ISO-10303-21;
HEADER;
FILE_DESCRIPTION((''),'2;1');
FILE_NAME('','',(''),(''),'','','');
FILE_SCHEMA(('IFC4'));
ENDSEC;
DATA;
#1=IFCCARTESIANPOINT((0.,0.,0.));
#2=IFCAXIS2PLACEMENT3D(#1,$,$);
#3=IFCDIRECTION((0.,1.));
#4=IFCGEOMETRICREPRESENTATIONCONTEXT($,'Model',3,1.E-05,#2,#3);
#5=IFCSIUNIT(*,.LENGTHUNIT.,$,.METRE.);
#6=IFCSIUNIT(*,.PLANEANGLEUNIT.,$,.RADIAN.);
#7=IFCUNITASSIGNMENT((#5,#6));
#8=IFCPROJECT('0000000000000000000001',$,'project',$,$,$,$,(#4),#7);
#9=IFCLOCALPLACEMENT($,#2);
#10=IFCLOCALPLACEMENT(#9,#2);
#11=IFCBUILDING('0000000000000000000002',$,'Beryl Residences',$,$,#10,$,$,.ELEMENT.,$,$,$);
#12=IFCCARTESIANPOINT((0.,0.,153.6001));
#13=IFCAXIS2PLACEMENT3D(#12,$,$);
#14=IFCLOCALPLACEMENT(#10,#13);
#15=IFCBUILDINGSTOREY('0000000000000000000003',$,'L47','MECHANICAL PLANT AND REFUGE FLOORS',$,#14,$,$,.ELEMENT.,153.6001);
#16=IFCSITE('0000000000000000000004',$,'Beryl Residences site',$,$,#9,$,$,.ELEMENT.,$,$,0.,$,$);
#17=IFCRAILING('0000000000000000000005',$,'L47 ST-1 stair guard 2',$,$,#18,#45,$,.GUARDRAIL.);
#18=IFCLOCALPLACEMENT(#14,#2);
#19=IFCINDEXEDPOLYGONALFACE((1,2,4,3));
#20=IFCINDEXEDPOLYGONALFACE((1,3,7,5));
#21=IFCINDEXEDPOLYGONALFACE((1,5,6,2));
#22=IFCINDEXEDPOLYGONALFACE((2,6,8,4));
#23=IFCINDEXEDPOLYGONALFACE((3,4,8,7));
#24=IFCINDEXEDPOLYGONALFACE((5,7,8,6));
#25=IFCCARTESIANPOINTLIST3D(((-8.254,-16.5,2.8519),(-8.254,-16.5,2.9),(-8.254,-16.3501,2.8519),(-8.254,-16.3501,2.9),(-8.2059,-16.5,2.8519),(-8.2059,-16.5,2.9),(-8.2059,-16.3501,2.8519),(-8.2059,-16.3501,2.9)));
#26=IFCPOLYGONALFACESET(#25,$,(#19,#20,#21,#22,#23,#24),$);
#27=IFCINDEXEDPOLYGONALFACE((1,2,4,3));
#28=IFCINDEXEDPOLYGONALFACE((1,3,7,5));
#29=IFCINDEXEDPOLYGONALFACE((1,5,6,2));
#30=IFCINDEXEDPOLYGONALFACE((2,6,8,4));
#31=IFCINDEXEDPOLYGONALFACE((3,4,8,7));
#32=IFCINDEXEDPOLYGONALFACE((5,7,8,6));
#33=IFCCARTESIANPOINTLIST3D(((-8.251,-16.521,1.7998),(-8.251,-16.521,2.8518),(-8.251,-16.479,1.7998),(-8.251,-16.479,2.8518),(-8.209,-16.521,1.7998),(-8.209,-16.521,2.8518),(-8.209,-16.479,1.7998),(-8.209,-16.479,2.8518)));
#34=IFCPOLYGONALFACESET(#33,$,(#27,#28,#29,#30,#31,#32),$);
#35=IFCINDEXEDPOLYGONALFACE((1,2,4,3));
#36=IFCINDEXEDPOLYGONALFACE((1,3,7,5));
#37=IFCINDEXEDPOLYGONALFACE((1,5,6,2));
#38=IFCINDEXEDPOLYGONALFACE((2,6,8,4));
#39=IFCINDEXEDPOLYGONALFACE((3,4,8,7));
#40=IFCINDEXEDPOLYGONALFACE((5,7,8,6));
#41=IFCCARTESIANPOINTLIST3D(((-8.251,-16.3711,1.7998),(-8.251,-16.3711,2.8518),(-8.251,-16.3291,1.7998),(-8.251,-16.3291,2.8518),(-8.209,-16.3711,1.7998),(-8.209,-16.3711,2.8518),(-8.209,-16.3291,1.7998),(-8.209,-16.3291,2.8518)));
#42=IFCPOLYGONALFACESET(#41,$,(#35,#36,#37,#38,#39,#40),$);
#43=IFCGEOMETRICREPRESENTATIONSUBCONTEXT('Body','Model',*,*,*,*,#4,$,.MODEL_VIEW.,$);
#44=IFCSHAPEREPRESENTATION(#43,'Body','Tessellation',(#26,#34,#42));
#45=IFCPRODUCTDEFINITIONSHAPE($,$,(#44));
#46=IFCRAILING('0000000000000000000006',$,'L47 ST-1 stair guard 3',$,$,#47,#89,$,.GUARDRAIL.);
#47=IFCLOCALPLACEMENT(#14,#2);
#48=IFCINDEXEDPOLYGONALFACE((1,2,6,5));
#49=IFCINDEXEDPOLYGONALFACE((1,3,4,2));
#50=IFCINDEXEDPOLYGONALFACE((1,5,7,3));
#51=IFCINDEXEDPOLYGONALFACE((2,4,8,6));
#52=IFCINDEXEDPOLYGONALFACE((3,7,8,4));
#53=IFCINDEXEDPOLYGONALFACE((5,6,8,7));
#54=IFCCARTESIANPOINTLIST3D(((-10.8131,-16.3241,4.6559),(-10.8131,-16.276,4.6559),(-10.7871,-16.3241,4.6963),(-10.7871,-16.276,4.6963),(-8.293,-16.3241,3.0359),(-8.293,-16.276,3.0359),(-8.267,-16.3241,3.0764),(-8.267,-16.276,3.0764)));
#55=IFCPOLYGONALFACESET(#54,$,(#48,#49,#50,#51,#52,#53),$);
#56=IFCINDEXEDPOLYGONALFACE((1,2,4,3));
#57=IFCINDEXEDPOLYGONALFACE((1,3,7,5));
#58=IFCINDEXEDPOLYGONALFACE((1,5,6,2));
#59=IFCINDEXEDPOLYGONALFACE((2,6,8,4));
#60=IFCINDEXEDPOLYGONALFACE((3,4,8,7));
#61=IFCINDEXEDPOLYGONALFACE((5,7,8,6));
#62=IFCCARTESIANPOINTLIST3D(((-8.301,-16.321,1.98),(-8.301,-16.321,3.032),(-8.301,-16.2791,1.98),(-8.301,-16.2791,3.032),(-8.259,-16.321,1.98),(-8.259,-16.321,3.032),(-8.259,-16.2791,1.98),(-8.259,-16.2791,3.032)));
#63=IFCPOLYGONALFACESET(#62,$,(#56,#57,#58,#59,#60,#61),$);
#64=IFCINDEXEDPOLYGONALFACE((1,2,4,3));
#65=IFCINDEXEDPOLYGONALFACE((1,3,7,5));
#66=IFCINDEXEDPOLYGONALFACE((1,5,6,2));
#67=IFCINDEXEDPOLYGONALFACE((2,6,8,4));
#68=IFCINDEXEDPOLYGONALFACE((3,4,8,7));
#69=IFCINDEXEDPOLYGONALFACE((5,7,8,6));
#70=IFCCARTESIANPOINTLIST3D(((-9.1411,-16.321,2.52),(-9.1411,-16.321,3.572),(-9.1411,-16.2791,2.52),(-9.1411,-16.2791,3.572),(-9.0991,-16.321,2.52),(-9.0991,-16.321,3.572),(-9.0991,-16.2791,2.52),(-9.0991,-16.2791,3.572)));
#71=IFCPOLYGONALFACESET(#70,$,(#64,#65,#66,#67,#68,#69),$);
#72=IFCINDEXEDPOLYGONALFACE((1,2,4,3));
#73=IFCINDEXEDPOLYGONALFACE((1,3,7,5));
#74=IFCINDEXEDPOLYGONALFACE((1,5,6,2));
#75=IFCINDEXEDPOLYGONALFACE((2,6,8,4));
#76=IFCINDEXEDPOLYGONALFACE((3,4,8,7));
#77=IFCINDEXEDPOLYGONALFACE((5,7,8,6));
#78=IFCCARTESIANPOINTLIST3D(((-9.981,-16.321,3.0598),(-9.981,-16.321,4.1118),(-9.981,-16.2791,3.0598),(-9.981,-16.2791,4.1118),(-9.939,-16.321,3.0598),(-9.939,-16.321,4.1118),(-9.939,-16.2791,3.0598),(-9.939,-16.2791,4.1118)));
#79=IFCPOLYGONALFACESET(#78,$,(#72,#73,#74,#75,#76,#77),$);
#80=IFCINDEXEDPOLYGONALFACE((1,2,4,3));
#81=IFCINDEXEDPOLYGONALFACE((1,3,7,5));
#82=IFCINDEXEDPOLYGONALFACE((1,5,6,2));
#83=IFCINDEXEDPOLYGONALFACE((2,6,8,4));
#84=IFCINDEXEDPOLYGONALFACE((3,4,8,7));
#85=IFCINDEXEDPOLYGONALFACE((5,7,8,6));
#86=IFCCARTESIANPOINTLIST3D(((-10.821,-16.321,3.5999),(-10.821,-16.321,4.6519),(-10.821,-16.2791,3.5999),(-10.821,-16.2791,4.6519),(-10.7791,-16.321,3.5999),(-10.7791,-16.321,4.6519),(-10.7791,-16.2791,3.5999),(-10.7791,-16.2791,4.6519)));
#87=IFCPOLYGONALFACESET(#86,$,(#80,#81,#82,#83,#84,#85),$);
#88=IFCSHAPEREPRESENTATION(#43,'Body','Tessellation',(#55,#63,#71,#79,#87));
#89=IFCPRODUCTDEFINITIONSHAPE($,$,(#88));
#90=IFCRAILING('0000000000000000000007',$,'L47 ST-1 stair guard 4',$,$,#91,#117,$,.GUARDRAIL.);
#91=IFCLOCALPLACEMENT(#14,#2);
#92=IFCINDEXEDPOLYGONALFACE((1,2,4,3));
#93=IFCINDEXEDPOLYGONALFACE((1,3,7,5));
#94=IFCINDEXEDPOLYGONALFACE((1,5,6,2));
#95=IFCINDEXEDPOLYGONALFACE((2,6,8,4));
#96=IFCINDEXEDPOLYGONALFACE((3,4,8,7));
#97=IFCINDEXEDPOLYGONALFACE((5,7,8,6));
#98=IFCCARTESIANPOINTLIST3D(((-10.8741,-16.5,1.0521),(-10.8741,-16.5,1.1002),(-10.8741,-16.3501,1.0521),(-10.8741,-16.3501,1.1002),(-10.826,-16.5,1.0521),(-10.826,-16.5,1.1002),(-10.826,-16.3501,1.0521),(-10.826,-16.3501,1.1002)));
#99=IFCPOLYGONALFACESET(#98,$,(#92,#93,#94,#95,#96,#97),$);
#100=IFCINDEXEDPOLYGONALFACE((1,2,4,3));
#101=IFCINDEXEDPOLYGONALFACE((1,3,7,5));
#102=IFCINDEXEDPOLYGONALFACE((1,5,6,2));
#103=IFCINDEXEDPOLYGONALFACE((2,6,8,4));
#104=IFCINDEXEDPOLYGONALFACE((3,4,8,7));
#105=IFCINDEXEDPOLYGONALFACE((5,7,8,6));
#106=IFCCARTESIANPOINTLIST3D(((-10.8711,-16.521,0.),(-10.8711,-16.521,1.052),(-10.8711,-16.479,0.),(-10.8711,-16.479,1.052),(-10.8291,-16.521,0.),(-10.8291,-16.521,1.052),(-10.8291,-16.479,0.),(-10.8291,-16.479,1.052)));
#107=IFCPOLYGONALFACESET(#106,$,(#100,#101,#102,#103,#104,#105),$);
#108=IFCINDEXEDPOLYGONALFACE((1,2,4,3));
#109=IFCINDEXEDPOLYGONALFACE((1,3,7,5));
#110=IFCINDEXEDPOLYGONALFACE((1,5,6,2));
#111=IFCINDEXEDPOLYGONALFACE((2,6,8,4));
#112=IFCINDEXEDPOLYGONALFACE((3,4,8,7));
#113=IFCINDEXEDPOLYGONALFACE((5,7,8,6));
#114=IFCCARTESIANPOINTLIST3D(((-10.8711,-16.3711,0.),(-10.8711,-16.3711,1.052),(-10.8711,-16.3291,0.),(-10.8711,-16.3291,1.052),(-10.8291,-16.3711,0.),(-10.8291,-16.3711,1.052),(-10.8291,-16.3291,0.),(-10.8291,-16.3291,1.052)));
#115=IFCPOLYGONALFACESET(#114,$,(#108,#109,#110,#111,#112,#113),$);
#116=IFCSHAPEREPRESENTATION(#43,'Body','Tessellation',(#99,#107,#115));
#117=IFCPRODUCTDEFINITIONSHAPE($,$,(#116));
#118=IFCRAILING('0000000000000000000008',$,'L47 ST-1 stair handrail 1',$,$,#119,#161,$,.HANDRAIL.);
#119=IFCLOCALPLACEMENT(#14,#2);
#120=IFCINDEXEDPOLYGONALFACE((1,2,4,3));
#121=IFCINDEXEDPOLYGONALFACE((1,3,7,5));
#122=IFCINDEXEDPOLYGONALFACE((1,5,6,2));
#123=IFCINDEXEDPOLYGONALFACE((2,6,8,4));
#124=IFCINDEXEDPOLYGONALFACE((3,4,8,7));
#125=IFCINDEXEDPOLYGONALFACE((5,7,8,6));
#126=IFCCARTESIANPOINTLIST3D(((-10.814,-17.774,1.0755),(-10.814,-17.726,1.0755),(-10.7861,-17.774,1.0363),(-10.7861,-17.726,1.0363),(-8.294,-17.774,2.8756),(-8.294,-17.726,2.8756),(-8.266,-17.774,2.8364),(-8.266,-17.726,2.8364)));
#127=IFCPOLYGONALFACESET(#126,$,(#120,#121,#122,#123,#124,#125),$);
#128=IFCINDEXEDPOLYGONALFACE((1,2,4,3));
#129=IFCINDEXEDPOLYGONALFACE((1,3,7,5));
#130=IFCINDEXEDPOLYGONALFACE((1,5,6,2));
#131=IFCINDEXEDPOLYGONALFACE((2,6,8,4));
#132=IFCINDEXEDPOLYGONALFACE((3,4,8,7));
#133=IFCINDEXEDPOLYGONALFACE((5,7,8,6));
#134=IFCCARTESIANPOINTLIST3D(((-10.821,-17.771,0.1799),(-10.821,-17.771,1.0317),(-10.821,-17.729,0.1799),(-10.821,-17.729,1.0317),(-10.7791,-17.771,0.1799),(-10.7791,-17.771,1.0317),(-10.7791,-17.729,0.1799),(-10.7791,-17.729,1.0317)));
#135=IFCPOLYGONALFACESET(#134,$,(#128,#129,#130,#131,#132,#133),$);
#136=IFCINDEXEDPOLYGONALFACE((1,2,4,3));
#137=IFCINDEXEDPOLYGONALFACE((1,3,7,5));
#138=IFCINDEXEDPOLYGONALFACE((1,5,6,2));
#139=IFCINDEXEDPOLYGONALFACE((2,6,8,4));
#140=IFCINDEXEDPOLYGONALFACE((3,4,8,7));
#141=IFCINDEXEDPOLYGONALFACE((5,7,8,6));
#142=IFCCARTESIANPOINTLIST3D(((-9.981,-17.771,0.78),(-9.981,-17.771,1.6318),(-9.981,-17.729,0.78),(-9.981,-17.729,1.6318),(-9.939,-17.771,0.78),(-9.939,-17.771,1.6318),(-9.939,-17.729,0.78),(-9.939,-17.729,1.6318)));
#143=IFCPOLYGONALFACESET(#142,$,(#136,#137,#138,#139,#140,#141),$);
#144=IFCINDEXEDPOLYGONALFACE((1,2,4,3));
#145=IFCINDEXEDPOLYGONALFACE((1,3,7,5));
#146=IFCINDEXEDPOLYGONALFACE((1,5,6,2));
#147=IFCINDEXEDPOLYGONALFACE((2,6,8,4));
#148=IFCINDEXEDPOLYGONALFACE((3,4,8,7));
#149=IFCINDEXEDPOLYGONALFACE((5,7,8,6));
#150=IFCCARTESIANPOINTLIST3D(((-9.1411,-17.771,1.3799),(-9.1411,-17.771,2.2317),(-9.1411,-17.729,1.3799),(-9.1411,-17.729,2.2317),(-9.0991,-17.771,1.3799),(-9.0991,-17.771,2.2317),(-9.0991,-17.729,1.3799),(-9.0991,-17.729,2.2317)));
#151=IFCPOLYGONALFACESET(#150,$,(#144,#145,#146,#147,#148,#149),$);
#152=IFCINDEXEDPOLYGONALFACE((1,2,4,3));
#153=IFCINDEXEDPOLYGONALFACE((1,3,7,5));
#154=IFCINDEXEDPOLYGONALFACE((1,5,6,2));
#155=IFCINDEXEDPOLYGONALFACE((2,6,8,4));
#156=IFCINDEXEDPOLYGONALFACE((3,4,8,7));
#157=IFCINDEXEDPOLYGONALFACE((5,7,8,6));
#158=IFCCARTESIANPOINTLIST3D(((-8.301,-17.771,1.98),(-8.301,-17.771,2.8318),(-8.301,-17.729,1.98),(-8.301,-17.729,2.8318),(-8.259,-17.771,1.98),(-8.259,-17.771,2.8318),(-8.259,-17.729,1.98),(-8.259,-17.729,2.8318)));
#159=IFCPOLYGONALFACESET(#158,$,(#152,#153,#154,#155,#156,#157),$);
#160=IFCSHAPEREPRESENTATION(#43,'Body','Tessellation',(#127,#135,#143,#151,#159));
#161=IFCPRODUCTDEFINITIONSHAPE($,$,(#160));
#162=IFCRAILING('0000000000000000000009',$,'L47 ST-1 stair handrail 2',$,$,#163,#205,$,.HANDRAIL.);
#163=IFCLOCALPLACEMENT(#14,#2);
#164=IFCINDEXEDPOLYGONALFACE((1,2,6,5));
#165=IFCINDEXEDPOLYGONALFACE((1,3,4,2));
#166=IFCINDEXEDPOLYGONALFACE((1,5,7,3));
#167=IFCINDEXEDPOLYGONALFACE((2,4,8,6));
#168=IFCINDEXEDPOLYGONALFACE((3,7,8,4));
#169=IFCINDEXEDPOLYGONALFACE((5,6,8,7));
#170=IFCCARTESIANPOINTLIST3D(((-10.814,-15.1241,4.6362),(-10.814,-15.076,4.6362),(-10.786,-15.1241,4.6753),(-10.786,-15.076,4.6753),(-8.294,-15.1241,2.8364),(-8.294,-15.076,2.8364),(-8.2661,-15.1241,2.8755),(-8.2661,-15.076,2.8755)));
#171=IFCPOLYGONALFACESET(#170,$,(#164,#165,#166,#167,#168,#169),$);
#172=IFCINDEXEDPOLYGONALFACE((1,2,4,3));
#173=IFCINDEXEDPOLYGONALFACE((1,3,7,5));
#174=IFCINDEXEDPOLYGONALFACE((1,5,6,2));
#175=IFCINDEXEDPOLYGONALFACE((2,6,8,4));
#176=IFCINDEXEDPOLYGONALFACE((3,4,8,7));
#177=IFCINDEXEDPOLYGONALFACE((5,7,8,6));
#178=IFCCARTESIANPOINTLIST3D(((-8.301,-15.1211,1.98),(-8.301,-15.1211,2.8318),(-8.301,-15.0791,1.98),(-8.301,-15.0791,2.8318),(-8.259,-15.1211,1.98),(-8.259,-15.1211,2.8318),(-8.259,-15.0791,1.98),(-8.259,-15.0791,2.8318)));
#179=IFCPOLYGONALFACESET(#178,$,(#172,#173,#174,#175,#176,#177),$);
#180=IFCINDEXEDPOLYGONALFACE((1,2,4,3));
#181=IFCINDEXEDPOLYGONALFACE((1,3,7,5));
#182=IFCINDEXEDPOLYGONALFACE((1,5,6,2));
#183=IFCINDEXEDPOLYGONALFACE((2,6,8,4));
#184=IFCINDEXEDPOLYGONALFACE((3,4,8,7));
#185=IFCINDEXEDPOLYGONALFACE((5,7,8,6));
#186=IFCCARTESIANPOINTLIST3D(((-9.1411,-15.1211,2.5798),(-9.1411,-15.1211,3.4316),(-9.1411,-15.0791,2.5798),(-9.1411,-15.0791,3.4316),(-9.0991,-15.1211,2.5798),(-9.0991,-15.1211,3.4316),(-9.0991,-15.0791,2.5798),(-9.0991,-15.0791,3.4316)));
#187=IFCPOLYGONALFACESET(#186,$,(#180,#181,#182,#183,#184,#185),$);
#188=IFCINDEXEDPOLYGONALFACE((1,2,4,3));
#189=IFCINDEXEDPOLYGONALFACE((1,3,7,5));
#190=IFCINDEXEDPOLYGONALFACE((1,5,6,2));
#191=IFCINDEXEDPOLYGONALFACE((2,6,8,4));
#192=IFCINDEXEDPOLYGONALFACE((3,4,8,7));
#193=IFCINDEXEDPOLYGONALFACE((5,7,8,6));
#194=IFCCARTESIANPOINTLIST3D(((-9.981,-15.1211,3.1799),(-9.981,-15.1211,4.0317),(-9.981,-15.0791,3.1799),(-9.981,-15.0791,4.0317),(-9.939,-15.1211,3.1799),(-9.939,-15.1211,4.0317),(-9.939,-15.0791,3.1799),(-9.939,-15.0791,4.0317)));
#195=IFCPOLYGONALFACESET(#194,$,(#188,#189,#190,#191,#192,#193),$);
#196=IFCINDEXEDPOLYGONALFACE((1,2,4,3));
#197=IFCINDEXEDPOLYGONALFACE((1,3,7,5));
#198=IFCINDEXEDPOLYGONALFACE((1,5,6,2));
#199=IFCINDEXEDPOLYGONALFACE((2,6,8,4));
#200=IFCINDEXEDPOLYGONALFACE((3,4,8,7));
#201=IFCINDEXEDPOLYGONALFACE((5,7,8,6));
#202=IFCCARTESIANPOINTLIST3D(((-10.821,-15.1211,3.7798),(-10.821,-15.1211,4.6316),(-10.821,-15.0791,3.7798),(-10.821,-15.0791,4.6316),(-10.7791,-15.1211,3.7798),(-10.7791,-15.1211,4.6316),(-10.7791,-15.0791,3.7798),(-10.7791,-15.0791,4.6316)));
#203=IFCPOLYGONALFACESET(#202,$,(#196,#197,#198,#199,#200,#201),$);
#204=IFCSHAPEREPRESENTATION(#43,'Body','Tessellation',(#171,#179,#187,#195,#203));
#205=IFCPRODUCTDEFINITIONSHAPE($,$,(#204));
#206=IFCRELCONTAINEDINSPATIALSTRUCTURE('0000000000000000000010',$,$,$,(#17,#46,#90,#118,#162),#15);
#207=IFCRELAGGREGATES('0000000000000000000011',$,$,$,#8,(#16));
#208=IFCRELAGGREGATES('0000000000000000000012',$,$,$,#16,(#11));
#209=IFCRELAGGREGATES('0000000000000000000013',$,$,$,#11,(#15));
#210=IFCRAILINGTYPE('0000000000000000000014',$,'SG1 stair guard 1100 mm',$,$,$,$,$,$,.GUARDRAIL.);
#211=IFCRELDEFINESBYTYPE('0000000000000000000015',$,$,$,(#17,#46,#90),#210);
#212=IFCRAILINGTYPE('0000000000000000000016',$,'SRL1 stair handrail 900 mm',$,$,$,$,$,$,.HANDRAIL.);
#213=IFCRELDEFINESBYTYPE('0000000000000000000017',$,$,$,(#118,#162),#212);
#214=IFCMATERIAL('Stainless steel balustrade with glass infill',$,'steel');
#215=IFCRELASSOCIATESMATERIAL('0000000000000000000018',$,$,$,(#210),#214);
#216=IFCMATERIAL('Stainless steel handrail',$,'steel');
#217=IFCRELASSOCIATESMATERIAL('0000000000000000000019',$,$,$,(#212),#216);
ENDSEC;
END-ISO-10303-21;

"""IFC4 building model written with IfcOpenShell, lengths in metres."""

from ifc_helpers import new_model, si_unit, direction, frame, origin, origin_2d, place, context, subcontext, project, spatial, rectangle, extrude, material, type_object, element, save


model = new_model("IFC4")

# Units and contexts
model_context = context("Model", 3, precision=1e-05, world=origin(), true_north=direction((0.0, 1.0)))
body_context = subcontext(model_context, "Body", "Model", "MODEL_VIEW")
ifc_project = project(units=[si_unit("LENGTHUNIT", "METRE"), si_unit("PLANEANGLEUNIT", "RADIAN")], contexts=[model_context])

# Site, building, storey
site_placement = place(None, origin())
site = spatial("IfcSite", under=ifc_project, at=site_placement, Name="Beryl Residences site", CompositionType="ELEMENT", RefElevation=0.0)
building_placement = place(site_placement, origin())
building = spatial("IfcBuilding", under=site, at=building_placement, Name="Beryl Residences", CompositionType="ELEMENT")
storey_placement = place(building_placement, frame((0.0, 0.0, 153.6001)))
storey = spatial("IfcBuildingStorey", under=building, at=storey_placement, Name="L47", Description="MECHANICAL PLANT AND REFUGE FLOORS", CompositionType="ELEMENT", Elevation=153.6001)

# Railings
ifc_material_1 = material(Name="Stainless steel balustrade with glass infill", Category="steel")
railing_type_1 = type_object("IfcRailingType", Name="SG1 stair guard 1100 mm", PredefinedType="GUARDRAIL", material=ifc_material_1)
railing_1_placement = place(storey_placement, frame((-8.23, -16.5, 1.7998)))
element("IfcRailing", 1, at=railing_1_placement, inside=storey, type_object=railing_type_1, Name="L47 ST-1 stair guard 2", PredefinedType="GUARDRAIL", context=body_context, shape_type="SweptSolid", body=[
    extrude(rectangle(XDim=0.0481, YDim=0.0481, at=origin_2d()), frame((0.0, 0.0, 1.0762), z_axis=(0.0, 1.0, 0.0), x_axis=(-1.0, 0.0, 0.0)), (0.0, 0.0, 1.0), 0.1499),
    extrude(rectangle(XDim=0.042, YDim=0.042, at=origin_2d()), origin(), (0.0, 0.0, 1.0), 1.052),
    extrude(rectangle(XDim=0.042, YDim=0.042, at=origin_2d()), frame((0.0, 0.1499, 0.0)), (0.0, 0.0, 1.0), 1.052),
])
railing_2_placement = place(storey_placement, frame((-8.28, -16.3, 1.98)))
element("IfcRailing", 2, at=railing_2_placement, inside=storey, type_object=railing_type_1, Name="L47 ST-1 stair guard 3", PredefinedType="GUARDRAIL", context=body_context, shape_type="SweptSolid", body=[
    extrude(rectangle(XDim=0.0481, YDim=0.0481, at=origin_2d()), frame((0.0, 0.0, 1.0762), z_axis=(-0.8412, 0.0, 0.540725), x_axis=(0.0, -1.0, 0.0)), (0.0, 0.0, 1.0), 2.9958),
    extrude(rectangle(XDim=0.042, YDim=0.042, at=origin_2d()), origin(), (0.0, 0.0, 1.0), 1.052),
    extrude(rectangle(XDim=0.042, YDim=0.042, at=origin_2d()), frame((-0.8401, 0.0, 0.54)), (0.0, 0.0, 1.0), 1.052),
    extrude(rectangle(XDim=0.042, YDim=0.042, at=origin_2d()), frame((-1.6799, 0.0, 1.0798)), (0.0, 0.0, 1.0), 1.052),
    extrude(rectangle(XDim=0.042, YDim=0.042, at=origin_2d()), frame((-2.52, 0.0, 1.6199)), (0.0, 0.0, 1.0), 1.052),
])
railing_3_placement = place(storey_placement, frame((-10.8501, -16.5, 0.0)))
element("IfcRailing", 3, at=railing_3_placement, inside=storey, type_object=railing_type_1, Name="L47 ST-1 stair guard 4", PredefinedType="GUARDRAIL", context=body_context, shape_type="SweptSolid", body=[
    extrude(rectangle(XDim=0.0481, YDim=0.0481, at=origin_2d()), frame((0.0, 0.0, 1.0762), z_axis=(0.0, 1.0, 0.0), x_axis=(-1.0, 0.0, 0.0)), (0.0, 0.0, 1.0), 0.1499),
    extrude(rectangle(XDim=0.042, YDim=0.042, at=origin_2d()), origin(), (0.0, 0.0, 1.0), 1.052),
    extrude(rectangle(XDim=0.042, YDim=0.042, at=origin_2d()), frame((0.0, 0.1499, 0.0)), (0.0, 0.0, 1.0), 1.052),
])
ifc_material_2 = material(Name="Stainless steel handrail", Category="steel")
railing_type_2 = type_object("IfcRailingType", Name="SRL1 stair handrail 900 mm", PredefinedType="HANDRAIL", material=ifc_material_2)
railing_4_placement = place(storey_placement, frame((-10.8, -17.75, 0.1799)))
element("IfcRailing", 4, at=railing_4_placement, inside=storey, type_object=railing_type_2, Name="L47 ST-1 stair handrail 1", PredefinedType="HANDRAIL", context=body_context, shape_type="SweptSolid", body=[
    extrude(rectangle(XDim=0.0481, YDim=0.0481, at=origin_2d()), frame((0.0, 0.0, 0.876), z_axis=(0.813728, 0.0, 0.581246), x_axis=(0.0, 1.0, 0.0)), (0.0, 0.0, 1.0), 3.0969),
    extrude(rectangle(XDim=0.042, YDim=0.042, at=origin_2d()), origin(), (0.0, 0.0, 1.0), 0.8518),
    extrude(rectangle(XDim=0.042, YDim=0.042, at=origin_2d()), frame((0.8401, 0.0, 0.6001)), (0.0, 0.0, 1.0), 0.8518),
    extrude(rectangle(XDim=0.042, YDim=0.042, at=origin_2d()), frame((1.6799, 0.0, 1.2)), (0.0, 0.0, 1.0), 0.8518),
    extrude(rectangle(XDim=0.042, YDim=0.042, at=origin_2d()), frame((2.52, 0.0, 1.8)), (0.0, 0.0, 1.0), 0.8518),
])
railing_5_placement = place(storey_placement, frame((-8.28, -15.1001, 1.98)))
element("IfcRailing", 5, at=railing_5_placement, inside=storey, type_object=railing_type_2, Name="L47 ST-1 stair handrail 2", PredefinedType="HANDRAIL", context=body_context, shape_type="SweptSolid", body=[
    extrude(rectangle(XDim=0.0481, YDim=0.0481, at=origin_2d()), frame((0.0, 0.0, 0.876), z_axis=(-0.813765, 0.0, 0.581193), x_axis=(0.0, -1.0, 0.0)), (0.0, 0.0, 1.0), 3.0967),
    extrude(rectangle(XDim=0.042, YDim=0.042, at=origin_2d()), origin(), (0.0, 0.0, 1.0), 0.8518),
    extrude(rectangle(XDim=0.042, YDim=0.042, at=origin_2d()), frame((-0.8401, 0.0, 0.5999)), (0.0, 0.0, 1.0), 0.8518),
    extrude(rectangle(XDim=0.042, YDim=0.042, at=origin_2d()), frame((-1.6799, 0.0, 1.2)), (0.0, 0.0, 1.0), 0.8518),
    extrude(rectangle(XDim=0.042, YDim=0.042, at=origin_2d()), frame((-2.52, 0.0, 1.7998)), (0.0, 0.0, 1.0), 0.8518),
])

save(model, "model.ifc")
